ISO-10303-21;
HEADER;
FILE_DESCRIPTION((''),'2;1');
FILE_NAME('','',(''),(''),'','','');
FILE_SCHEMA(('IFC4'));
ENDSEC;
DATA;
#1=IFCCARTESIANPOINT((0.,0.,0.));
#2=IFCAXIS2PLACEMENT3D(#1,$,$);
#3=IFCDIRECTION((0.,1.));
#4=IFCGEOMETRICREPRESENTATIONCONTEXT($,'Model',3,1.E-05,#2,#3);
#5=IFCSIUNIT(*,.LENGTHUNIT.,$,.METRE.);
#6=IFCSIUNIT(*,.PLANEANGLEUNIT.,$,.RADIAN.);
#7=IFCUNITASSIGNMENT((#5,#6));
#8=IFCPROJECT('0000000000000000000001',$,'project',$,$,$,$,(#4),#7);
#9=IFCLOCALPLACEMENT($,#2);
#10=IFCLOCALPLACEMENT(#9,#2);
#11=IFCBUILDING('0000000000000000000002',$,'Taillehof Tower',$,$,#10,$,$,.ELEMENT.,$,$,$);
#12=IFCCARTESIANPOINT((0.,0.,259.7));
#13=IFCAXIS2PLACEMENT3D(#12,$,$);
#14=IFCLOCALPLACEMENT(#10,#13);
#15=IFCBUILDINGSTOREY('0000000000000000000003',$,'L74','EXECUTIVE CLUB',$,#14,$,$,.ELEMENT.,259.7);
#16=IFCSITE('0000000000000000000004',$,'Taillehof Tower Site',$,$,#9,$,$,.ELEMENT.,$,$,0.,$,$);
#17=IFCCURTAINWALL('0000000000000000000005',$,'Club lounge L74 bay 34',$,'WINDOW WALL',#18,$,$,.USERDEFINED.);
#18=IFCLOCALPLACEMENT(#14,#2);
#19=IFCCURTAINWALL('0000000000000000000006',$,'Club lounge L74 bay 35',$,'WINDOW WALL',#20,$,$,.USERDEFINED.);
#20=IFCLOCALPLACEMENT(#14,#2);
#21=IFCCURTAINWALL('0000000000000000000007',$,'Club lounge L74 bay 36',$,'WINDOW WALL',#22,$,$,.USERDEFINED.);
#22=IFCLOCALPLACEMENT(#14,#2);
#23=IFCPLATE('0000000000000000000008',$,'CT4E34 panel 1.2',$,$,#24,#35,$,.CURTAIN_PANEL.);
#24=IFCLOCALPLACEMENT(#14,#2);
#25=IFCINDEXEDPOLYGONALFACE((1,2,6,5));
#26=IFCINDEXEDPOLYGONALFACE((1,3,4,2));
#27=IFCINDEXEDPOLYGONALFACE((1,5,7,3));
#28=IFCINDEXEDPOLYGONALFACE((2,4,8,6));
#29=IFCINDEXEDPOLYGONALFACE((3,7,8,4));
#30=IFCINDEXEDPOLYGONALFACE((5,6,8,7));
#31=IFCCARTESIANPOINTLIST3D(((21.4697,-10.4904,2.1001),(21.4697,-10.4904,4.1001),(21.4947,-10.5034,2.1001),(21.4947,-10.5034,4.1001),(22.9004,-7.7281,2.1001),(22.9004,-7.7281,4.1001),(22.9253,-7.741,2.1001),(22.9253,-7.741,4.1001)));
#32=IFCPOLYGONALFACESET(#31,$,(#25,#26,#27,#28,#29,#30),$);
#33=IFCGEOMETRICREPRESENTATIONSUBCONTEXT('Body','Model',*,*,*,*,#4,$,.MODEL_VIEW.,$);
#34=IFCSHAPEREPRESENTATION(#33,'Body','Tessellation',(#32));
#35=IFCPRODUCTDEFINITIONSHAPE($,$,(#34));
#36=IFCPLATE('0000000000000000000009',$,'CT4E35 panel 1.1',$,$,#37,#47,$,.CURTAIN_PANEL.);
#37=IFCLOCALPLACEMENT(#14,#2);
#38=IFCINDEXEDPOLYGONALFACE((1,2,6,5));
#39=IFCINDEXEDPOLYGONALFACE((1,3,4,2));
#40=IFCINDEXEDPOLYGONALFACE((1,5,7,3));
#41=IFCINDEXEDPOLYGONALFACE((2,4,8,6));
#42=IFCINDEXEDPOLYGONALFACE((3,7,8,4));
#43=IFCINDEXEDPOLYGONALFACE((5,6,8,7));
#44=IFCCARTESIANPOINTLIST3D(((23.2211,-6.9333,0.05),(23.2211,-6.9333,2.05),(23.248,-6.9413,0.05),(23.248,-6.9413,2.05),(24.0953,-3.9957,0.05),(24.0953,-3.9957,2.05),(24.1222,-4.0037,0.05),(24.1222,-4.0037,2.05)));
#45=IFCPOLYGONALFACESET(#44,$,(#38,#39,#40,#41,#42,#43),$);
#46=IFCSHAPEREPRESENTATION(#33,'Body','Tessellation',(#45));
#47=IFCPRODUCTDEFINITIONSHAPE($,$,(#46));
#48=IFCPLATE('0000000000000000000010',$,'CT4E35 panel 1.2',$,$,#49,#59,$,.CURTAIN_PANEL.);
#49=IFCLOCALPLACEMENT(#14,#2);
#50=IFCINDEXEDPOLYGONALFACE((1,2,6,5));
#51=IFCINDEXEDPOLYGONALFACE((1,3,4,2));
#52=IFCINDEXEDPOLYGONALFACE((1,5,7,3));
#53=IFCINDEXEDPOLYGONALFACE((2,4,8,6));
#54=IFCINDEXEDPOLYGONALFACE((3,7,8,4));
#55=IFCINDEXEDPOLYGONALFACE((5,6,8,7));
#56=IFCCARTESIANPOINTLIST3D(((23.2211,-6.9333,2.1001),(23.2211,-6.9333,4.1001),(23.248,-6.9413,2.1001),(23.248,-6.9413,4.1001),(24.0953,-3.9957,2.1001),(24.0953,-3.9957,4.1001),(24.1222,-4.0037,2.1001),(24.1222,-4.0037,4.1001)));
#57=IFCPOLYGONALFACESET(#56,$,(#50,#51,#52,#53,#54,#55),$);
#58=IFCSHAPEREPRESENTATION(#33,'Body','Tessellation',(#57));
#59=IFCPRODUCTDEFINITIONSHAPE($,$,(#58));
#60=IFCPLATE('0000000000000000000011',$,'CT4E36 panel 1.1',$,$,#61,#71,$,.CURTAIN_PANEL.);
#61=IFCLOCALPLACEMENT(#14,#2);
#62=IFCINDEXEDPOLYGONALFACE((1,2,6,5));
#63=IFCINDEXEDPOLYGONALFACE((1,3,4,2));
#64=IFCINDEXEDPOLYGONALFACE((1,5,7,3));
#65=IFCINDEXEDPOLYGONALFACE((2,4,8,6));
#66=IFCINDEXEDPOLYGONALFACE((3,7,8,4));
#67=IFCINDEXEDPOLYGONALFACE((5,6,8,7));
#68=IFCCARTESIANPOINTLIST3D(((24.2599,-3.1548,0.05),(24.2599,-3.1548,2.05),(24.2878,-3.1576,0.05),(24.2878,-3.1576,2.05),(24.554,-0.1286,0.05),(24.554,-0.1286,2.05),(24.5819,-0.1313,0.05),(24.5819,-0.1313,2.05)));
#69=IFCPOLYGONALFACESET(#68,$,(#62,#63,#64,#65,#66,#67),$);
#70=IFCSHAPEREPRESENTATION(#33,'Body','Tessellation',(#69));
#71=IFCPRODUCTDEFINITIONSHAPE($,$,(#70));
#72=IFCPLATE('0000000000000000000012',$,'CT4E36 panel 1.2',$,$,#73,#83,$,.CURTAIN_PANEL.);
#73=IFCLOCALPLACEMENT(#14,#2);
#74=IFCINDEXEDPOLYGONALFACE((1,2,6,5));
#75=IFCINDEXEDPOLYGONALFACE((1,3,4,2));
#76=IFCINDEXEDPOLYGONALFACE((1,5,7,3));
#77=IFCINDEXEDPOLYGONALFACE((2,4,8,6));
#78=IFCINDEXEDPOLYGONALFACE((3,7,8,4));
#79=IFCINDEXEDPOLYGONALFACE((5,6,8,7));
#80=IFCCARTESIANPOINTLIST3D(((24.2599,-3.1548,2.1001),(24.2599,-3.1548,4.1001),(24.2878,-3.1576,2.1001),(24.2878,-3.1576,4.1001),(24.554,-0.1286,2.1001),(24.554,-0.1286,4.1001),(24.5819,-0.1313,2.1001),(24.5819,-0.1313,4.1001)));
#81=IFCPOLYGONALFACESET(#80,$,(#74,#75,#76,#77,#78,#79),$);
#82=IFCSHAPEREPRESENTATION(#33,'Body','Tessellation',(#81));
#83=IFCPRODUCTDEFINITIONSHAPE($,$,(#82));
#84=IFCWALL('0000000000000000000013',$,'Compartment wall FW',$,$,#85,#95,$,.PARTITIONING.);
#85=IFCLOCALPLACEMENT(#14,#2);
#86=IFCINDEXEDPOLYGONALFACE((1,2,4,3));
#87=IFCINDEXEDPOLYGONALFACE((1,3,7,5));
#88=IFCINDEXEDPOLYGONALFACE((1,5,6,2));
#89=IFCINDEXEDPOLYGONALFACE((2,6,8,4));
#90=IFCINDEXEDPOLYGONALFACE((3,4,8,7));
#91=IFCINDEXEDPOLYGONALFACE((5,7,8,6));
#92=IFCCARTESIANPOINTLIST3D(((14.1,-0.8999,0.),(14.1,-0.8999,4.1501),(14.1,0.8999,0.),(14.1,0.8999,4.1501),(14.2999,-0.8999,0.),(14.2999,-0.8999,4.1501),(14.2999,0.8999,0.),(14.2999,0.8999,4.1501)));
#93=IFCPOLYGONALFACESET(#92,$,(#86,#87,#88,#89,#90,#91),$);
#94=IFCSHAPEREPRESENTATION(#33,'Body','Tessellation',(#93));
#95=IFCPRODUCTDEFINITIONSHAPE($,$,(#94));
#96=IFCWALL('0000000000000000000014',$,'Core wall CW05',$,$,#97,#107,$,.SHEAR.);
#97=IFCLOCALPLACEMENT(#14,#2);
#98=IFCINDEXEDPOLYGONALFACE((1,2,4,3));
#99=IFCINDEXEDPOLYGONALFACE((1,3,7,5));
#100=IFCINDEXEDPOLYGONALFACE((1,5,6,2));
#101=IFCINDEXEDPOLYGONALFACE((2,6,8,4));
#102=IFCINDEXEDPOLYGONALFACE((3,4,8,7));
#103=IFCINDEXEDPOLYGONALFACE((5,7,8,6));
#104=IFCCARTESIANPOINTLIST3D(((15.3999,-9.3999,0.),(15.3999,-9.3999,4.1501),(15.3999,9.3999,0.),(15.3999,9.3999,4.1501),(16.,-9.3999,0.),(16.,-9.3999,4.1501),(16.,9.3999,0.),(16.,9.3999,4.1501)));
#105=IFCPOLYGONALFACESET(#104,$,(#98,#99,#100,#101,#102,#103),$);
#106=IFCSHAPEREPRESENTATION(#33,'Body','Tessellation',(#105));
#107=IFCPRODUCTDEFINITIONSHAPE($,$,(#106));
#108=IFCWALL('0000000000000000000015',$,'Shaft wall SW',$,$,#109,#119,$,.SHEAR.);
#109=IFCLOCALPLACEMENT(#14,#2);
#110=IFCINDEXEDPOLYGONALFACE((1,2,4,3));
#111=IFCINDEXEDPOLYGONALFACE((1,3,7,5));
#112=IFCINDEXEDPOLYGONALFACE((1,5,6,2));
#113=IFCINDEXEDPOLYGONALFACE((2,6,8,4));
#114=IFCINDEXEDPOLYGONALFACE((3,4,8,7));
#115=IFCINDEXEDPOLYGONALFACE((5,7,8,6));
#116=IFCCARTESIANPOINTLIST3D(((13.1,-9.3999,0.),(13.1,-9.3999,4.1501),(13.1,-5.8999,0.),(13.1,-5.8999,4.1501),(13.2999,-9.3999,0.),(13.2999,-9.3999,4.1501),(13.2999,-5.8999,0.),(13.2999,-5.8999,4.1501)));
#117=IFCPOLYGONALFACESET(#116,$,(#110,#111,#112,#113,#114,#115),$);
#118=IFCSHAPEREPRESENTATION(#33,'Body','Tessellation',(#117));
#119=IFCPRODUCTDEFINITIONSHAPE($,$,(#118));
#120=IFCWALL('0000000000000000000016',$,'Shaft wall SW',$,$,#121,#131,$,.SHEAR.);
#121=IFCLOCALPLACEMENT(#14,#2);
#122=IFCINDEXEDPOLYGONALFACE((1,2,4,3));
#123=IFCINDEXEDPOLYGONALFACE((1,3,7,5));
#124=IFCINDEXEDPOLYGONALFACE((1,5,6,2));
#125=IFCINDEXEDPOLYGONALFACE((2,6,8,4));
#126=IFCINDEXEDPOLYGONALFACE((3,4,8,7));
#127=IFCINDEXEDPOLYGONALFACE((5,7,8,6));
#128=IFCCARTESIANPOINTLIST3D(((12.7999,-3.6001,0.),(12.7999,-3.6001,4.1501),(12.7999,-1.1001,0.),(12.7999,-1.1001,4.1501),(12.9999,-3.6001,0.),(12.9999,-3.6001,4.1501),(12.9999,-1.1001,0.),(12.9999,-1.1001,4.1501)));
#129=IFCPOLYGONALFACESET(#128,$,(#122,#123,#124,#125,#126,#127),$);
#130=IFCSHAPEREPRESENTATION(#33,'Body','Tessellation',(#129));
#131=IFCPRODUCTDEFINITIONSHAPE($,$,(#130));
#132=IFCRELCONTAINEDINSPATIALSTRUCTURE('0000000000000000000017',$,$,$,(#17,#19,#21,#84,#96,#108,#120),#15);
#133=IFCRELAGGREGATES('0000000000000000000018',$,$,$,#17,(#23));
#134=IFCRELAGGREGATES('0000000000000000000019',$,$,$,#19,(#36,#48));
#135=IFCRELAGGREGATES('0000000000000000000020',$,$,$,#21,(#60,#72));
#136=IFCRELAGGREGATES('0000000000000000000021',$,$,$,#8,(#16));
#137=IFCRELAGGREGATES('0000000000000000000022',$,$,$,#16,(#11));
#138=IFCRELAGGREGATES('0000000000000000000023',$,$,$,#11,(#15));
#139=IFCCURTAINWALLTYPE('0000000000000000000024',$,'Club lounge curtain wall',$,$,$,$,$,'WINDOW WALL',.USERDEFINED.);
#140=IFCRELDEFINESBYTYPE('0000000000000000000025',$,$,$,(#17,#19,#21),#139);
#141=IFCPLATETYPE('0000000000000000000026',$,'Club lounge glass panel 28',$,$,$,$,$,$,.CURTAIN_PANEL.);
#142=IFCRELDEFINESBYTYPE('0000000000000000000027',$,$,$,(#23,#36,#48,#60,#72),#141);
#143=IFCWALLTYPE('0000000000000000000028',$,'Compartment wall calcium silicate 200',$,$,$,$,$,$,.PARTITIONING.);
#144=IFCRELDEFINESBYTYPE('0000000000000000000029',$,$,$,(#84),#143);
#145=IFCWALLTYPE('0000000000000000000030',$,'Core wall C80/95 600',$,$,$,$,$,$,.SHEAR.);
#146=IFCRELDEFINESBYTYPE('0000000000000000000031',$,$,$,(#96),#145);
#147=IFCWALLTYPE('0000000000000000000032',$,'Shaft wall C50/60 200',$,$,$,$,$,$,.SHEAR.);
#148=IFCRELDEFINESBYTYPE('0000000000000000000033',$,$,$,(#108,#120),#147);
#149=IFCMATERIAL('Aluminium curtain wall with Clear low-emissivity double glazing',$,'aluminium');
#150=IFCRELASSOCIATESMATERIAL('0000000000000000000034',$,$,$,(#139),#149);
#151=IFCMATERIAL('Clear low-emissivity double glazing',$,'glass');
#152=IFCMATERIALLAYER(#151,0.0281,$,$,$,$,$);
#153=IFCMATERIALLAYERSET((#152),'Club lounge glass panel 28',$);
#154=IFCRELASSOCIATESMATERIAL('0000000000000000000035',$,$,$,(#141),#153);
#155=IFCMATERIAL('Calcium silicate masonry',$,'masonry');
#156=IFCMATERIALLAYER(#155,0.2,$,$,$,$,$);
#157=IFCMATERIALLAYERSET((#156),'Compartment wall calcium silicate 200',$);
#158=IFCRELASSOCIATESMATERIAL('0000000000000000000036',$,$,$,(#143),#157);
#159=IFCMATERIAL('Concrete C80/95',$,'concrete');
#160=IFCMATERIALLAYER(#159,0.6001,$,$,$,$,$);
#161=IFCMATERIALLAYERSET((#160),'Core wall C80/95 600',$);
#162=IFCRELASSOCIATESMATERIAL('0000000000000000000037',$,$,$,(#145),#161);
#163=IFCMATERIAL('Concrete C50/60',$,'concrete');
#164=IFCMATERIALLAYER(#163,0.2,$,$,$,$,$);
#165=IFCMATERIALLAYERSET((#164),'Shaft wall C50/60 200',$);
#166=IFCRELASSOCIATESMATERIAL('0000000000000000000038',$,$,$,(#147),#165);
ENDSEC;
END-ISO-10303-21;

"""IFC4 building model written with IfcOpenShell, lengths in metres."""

from ifc_helpers import new_model, si_unit, direction, frame, frame_2d, origin, origin_2d, place, context, subcontext, project, spatial, rectangle, extrude, material, layer, layer_set, type_object, element, aggregate, save


model = new_model("IFC4")

# Units and contexts
model_context = context("Model", 3, precision=1e-05, world=origin(), true_north=direction((0.0, 1.0)))
body_context = subcontext(model_context, "Body", "Model", "MODEL_VIEW")
ifc_project = project(units=[si_unit("LENGTHUNIT", "METRE"), si_unit("PLANEANGLEUNIT", "RADIAN")], contexts=[model_context])

# Site, building, storey
site_placement = place(None, origin())
site = spatial("IfcSite", under=ifc_project, at=site_placement, Name="Taillehof Tower Site", CompositionType="ELEMENT", RefElevation=0.0)
building_placement = place(site_placement, origin())
building = spatial("IfcBuilding", under=site, at=building_placement, Name="Taillehof Tower", CompositionType="ELEMENT")
storey_placement = place(building_placement, frame((0.0, 0.0, 259.7)))
storey = spatial("IfcBuildingStorey", under=building, at=storey_placement, Name="L74", Description="EXECUTIVE CLUB", CompositionType="ELEMENT", Elevation=259.7)

# Shared definitions
ifc_material_1 = material(Name="Aluminium curtain wall with Clear low-emissivity double glazing", Category="aluminium")
curtain_wall_type = type_object("IfcCurtainWallType", Name="Club lounge curtain wall", ElementType="WINDOW WALL", PredefinedType="USERDEFINED", material=ifc_material_1)

# Curtain walls
curtain_wall_1_placement = place(storey_placement, origin())
curtain_wall_1 = element("IfcCurtainWall", 1, at=curtain_wall_1_placement, inside=storey, type_object=curtain_wall_type, Name="Club lounge L74 bay 34", ObjectType="WINDOW WALL", PredefinedType="USERDEFINED")
curtain_wall_2_placement = place(storey_placement, origin())
curtain_wall_2 = element("IfcCurtainWall", 2, at=curtain_wall_2_placement, inside=storey, type_object=curtain_wall_type, Name="Club lounge L74 bay 35", ObjectType="WINDOW WALL", PredefinedType="USERDEFINED")
curtain_wall_3_placement = place(storey_placement, origin())
curtain_wall_3 = element("IfcCurtainWall", 3, at=curtain_wall_3_placement, inside=storey, type_object=curtain_wall_type, Name="Club lounge L74 bay 36", ObjectType="WINDOW WALL", PredefinedType="USERDEFINED")

# Plates
ifc_material_2 = material(Name="Clear low-emissivity double glazing", Category="glass")
ifc_layer_1 = layer(ifc_material_2, 0.0281)
ifc_layer_set_1 = layer_set([ifc_layer_1], Name="Club lounge glass panel 28")
plate_type = type_object("IfcPlateType", Name="Club lounge glass panel 28", PredefinedType="CURTAIN_PANEL", material=ifc_layer_set_1)
plate_1_placement = place(storey_placement, frame((22.1975, -9.1157, 2.1001), z_axis=(0.0, 0.0, 1.0), x_axis=(0.459891, 0.887975, 0.0)))
plate_1 = element("IfcPlate", 4, at=plate_1_placement, type_object=plate_type, Name="CT4E34 panel 1.2", PredefinedType="CURTAIN_PANEL", context=body_context, shape_type="SweptSolid", body=[
    extrude(rectangle(XDim=3.1108, YDim=0.0281, at=origin_2d()), origin(), (0.0, 0.0, 1.0), 2.0),
])
aggregate(curtain_wall_1, [plate_1])
plate_2_placement = place(storey_placement, frame((23.6716, -5.4685, 0.05), z_axis=(0.0, 0.0, 1.0), x_axis=(0.285236, 0.958457, 0.0)))
plate_2 = element("IfcPlate", 5, at=plate_2_placement, type_object=plate_type, Name="CT4E35 panel 1.1", PredefinedType="CURTAIN_PANEL", context=body_context, shape_type="SweptSolid", body=[
    extrude(rectangle(XDim=3.0649, YDim=0.0281, at=origin_2d()), origin(), (0.0, 0.0, 1.0), 2.0),
])
plate_3_placement = place(storey_placement, frame((23.6716, -5.4685, 2.1001), z_axis=(0.0, 0.0, 1.0), x_axis=(0.285236, 0.958457, 0.0)))
plate_3 = element("IfcPlate", 6, at=plate_3_placement, type_object=plate_type, Name="CT4E35 panel 1.2", PredefinedType="CURTAIN_PANEL", context=body_context, shape_type="SweptSolid", body=[
    extrude(rectangle(XDim=3.0649, YDim=0.0281, at=origin_2d()), origin(), (0.0, 0.0, 1.0), 2.0),
])
aggregate(curtain_wall_2, [plate_2, plate_3])
plate_4_placement = place(storey_placement, frame((24.4209, -1.6431, 0.05), z_axis=(0.0, 0.0, 1.0), x_axis=(0.096714, 0.995312, 0.0)))
plate_4 = element("IfcPlate", 7, at=plate_4_placement, type_object=plate_type, Name="CT4E36 panel 1.1", PredefinedType="CURTAIN_PANEL", context=body_context, shape_type="SweptSolid", body=[
    extrude(rectangle(XDim=3.0405, YDim=0.0281, at=origin_2d()), origin(), (0.0, 0.0, 1.0), 2.0),
])
plate_5_placement = place(storey_placement, frame((24.4209, -1.6431, 2.1001), z_axis=(0.0, 0.0, 1.0), x_axis=(0.096714, 0.995312, 0.0)))
plate_5 = element("IfcPlate", 8, at=plate_5_placement, type_object=plate_type, Name="CT4E36 panel 1.2", PredefinedType="CURTAIN_PANEL", context=body_context, shape_type="SweptSolid", body=[
    extrude(rectangle(XDim=3.0405, YDim=0.0281, at=origin_2d()), origin(), (0.0, 0.0, 1.0), 2.0),
])
aggregate(curtain_wall_3, [plate_4, plate_5])

# Walls
ifc_material_3 = material(Name="Calcium silicate masonry", Category="masonry")
ifc_layer_2 = layer(ifc_material_3, 0.2)
ifc_layer_set_2 = layer_set([ifc_layer_2], Name="Compartment wall calcium silicate 200")
wall_type_1 = type_object("IfcWallType", Name="Compartment wall calcium silicate 200", PredefinedType="PARTITIONING", material=ifc_layer_set_2)
wall_1_placement = place(storey_placement, frame((14.2, -0.8999, 0.0), z_axis=(0.0, 0.0, 1.0), x_axis=(0.0, 1.0, 0.0)))
element("IfcWall", 9, at=wall_1_placement, inside=storey, type_object=wall_type_1, Name="Compartment wall FW", PredefinedType="PARTITIONING", context=body_context, shape_type="SweptSolid", body=[
    extrude(rectangle(XDim=1.7998, YDim=0.2, at=frame_2d((0.8999, 0.0))), origin(), (0.0, 0.0, 1.0), 4.1501),
])
ifc_material_4 = material(Name="Concrete C80/95", Category="concrete")
ifc_layer_3 = layer(ifc_material_4, 0.6001)
ifc_layer_set_3 = layer_set([ifc_layer_3], Name="Core wall C80/95 600")
wall_type_2 = type_object("IfcWallType", Name="Core wall C80/95 600", PredefinedType="SHEAR", material=ifc_layer_set_3)
wall_2_placement = place(storey_placement, frame((15.7, -9.3999, 0.0), z_axis=(0.0, 0.0, 1.0), x_axis=(0.0, 1.0, 0.0)))
element("IfcWall", 10, at=wall_2_placement, inside=storey, type_object=wall_type_2, Name="Core wall CW05", PredefinedType="SHEAR", context=body_context, shape_type="SweptSolid", body=[
    extrude(rectangle(XDim=18.7998, YDim=0.6001, at=frame_2d((9.3999, 0.0))), origin(), (0.0, 0.0, 1.0), 4.1501),
])
ifc_material_5 = material(Name="Concrete C50/60", Category="concrete")
ifc_layer_4 = layer(ifc_material_5, 0.2)
ifc_layer_set_4 = layer_set([ifc_layer_4], Name="Shaft wall C50/60 200")
wall_type_3 = type_object("IfcWallType", Name="Shaft wall C50/60 200", PredefinedType="SHEAR", material=ifc_layer_set_4)
wall_3_placement = place(storey_placement, frame((13.2, -9.3999, 0.0), z_axis=(0.0, 0.0, 1.0), x_axis=(0.0, 1.0, 0.0)))
element("IfcWall", 11, at=wall_3_placement, inside=storey, type_object=wall_type_3, Name="Shaft wall SW", PredefinedType="SHEAR", context=body_context, shape_type="SweptSolid", body=[
    extrude(rectangle(XDim=3.5, YDim=0.2, at=frame_2d((1.75, 0.0))), origin(), (0.0, 0.0, 1.0), 4.1501),
])
wall_4_placement = place(storey_placement, frame((12.8999, -3.6001, 0.0), z_axis=(0.0, 0.0, 1.0), x_axis=(0.0, 1.0, 0.0)))
element("IfcWall", 12, at=wall_4_placement, inside=storey, type_object=wall_type_3, Name="Shaft wall SW", PredefinedType="SHEAR", context=body_context, shape_type="SweptSolid", body=[
    extrude(rectangle(XDim=2.5, YDim=0.2, at=frame_2d((1.25, 0.0))), origin(), (0.0, 0.0, 1.0), 4.1501),
])

save(model, "model.ifc")
